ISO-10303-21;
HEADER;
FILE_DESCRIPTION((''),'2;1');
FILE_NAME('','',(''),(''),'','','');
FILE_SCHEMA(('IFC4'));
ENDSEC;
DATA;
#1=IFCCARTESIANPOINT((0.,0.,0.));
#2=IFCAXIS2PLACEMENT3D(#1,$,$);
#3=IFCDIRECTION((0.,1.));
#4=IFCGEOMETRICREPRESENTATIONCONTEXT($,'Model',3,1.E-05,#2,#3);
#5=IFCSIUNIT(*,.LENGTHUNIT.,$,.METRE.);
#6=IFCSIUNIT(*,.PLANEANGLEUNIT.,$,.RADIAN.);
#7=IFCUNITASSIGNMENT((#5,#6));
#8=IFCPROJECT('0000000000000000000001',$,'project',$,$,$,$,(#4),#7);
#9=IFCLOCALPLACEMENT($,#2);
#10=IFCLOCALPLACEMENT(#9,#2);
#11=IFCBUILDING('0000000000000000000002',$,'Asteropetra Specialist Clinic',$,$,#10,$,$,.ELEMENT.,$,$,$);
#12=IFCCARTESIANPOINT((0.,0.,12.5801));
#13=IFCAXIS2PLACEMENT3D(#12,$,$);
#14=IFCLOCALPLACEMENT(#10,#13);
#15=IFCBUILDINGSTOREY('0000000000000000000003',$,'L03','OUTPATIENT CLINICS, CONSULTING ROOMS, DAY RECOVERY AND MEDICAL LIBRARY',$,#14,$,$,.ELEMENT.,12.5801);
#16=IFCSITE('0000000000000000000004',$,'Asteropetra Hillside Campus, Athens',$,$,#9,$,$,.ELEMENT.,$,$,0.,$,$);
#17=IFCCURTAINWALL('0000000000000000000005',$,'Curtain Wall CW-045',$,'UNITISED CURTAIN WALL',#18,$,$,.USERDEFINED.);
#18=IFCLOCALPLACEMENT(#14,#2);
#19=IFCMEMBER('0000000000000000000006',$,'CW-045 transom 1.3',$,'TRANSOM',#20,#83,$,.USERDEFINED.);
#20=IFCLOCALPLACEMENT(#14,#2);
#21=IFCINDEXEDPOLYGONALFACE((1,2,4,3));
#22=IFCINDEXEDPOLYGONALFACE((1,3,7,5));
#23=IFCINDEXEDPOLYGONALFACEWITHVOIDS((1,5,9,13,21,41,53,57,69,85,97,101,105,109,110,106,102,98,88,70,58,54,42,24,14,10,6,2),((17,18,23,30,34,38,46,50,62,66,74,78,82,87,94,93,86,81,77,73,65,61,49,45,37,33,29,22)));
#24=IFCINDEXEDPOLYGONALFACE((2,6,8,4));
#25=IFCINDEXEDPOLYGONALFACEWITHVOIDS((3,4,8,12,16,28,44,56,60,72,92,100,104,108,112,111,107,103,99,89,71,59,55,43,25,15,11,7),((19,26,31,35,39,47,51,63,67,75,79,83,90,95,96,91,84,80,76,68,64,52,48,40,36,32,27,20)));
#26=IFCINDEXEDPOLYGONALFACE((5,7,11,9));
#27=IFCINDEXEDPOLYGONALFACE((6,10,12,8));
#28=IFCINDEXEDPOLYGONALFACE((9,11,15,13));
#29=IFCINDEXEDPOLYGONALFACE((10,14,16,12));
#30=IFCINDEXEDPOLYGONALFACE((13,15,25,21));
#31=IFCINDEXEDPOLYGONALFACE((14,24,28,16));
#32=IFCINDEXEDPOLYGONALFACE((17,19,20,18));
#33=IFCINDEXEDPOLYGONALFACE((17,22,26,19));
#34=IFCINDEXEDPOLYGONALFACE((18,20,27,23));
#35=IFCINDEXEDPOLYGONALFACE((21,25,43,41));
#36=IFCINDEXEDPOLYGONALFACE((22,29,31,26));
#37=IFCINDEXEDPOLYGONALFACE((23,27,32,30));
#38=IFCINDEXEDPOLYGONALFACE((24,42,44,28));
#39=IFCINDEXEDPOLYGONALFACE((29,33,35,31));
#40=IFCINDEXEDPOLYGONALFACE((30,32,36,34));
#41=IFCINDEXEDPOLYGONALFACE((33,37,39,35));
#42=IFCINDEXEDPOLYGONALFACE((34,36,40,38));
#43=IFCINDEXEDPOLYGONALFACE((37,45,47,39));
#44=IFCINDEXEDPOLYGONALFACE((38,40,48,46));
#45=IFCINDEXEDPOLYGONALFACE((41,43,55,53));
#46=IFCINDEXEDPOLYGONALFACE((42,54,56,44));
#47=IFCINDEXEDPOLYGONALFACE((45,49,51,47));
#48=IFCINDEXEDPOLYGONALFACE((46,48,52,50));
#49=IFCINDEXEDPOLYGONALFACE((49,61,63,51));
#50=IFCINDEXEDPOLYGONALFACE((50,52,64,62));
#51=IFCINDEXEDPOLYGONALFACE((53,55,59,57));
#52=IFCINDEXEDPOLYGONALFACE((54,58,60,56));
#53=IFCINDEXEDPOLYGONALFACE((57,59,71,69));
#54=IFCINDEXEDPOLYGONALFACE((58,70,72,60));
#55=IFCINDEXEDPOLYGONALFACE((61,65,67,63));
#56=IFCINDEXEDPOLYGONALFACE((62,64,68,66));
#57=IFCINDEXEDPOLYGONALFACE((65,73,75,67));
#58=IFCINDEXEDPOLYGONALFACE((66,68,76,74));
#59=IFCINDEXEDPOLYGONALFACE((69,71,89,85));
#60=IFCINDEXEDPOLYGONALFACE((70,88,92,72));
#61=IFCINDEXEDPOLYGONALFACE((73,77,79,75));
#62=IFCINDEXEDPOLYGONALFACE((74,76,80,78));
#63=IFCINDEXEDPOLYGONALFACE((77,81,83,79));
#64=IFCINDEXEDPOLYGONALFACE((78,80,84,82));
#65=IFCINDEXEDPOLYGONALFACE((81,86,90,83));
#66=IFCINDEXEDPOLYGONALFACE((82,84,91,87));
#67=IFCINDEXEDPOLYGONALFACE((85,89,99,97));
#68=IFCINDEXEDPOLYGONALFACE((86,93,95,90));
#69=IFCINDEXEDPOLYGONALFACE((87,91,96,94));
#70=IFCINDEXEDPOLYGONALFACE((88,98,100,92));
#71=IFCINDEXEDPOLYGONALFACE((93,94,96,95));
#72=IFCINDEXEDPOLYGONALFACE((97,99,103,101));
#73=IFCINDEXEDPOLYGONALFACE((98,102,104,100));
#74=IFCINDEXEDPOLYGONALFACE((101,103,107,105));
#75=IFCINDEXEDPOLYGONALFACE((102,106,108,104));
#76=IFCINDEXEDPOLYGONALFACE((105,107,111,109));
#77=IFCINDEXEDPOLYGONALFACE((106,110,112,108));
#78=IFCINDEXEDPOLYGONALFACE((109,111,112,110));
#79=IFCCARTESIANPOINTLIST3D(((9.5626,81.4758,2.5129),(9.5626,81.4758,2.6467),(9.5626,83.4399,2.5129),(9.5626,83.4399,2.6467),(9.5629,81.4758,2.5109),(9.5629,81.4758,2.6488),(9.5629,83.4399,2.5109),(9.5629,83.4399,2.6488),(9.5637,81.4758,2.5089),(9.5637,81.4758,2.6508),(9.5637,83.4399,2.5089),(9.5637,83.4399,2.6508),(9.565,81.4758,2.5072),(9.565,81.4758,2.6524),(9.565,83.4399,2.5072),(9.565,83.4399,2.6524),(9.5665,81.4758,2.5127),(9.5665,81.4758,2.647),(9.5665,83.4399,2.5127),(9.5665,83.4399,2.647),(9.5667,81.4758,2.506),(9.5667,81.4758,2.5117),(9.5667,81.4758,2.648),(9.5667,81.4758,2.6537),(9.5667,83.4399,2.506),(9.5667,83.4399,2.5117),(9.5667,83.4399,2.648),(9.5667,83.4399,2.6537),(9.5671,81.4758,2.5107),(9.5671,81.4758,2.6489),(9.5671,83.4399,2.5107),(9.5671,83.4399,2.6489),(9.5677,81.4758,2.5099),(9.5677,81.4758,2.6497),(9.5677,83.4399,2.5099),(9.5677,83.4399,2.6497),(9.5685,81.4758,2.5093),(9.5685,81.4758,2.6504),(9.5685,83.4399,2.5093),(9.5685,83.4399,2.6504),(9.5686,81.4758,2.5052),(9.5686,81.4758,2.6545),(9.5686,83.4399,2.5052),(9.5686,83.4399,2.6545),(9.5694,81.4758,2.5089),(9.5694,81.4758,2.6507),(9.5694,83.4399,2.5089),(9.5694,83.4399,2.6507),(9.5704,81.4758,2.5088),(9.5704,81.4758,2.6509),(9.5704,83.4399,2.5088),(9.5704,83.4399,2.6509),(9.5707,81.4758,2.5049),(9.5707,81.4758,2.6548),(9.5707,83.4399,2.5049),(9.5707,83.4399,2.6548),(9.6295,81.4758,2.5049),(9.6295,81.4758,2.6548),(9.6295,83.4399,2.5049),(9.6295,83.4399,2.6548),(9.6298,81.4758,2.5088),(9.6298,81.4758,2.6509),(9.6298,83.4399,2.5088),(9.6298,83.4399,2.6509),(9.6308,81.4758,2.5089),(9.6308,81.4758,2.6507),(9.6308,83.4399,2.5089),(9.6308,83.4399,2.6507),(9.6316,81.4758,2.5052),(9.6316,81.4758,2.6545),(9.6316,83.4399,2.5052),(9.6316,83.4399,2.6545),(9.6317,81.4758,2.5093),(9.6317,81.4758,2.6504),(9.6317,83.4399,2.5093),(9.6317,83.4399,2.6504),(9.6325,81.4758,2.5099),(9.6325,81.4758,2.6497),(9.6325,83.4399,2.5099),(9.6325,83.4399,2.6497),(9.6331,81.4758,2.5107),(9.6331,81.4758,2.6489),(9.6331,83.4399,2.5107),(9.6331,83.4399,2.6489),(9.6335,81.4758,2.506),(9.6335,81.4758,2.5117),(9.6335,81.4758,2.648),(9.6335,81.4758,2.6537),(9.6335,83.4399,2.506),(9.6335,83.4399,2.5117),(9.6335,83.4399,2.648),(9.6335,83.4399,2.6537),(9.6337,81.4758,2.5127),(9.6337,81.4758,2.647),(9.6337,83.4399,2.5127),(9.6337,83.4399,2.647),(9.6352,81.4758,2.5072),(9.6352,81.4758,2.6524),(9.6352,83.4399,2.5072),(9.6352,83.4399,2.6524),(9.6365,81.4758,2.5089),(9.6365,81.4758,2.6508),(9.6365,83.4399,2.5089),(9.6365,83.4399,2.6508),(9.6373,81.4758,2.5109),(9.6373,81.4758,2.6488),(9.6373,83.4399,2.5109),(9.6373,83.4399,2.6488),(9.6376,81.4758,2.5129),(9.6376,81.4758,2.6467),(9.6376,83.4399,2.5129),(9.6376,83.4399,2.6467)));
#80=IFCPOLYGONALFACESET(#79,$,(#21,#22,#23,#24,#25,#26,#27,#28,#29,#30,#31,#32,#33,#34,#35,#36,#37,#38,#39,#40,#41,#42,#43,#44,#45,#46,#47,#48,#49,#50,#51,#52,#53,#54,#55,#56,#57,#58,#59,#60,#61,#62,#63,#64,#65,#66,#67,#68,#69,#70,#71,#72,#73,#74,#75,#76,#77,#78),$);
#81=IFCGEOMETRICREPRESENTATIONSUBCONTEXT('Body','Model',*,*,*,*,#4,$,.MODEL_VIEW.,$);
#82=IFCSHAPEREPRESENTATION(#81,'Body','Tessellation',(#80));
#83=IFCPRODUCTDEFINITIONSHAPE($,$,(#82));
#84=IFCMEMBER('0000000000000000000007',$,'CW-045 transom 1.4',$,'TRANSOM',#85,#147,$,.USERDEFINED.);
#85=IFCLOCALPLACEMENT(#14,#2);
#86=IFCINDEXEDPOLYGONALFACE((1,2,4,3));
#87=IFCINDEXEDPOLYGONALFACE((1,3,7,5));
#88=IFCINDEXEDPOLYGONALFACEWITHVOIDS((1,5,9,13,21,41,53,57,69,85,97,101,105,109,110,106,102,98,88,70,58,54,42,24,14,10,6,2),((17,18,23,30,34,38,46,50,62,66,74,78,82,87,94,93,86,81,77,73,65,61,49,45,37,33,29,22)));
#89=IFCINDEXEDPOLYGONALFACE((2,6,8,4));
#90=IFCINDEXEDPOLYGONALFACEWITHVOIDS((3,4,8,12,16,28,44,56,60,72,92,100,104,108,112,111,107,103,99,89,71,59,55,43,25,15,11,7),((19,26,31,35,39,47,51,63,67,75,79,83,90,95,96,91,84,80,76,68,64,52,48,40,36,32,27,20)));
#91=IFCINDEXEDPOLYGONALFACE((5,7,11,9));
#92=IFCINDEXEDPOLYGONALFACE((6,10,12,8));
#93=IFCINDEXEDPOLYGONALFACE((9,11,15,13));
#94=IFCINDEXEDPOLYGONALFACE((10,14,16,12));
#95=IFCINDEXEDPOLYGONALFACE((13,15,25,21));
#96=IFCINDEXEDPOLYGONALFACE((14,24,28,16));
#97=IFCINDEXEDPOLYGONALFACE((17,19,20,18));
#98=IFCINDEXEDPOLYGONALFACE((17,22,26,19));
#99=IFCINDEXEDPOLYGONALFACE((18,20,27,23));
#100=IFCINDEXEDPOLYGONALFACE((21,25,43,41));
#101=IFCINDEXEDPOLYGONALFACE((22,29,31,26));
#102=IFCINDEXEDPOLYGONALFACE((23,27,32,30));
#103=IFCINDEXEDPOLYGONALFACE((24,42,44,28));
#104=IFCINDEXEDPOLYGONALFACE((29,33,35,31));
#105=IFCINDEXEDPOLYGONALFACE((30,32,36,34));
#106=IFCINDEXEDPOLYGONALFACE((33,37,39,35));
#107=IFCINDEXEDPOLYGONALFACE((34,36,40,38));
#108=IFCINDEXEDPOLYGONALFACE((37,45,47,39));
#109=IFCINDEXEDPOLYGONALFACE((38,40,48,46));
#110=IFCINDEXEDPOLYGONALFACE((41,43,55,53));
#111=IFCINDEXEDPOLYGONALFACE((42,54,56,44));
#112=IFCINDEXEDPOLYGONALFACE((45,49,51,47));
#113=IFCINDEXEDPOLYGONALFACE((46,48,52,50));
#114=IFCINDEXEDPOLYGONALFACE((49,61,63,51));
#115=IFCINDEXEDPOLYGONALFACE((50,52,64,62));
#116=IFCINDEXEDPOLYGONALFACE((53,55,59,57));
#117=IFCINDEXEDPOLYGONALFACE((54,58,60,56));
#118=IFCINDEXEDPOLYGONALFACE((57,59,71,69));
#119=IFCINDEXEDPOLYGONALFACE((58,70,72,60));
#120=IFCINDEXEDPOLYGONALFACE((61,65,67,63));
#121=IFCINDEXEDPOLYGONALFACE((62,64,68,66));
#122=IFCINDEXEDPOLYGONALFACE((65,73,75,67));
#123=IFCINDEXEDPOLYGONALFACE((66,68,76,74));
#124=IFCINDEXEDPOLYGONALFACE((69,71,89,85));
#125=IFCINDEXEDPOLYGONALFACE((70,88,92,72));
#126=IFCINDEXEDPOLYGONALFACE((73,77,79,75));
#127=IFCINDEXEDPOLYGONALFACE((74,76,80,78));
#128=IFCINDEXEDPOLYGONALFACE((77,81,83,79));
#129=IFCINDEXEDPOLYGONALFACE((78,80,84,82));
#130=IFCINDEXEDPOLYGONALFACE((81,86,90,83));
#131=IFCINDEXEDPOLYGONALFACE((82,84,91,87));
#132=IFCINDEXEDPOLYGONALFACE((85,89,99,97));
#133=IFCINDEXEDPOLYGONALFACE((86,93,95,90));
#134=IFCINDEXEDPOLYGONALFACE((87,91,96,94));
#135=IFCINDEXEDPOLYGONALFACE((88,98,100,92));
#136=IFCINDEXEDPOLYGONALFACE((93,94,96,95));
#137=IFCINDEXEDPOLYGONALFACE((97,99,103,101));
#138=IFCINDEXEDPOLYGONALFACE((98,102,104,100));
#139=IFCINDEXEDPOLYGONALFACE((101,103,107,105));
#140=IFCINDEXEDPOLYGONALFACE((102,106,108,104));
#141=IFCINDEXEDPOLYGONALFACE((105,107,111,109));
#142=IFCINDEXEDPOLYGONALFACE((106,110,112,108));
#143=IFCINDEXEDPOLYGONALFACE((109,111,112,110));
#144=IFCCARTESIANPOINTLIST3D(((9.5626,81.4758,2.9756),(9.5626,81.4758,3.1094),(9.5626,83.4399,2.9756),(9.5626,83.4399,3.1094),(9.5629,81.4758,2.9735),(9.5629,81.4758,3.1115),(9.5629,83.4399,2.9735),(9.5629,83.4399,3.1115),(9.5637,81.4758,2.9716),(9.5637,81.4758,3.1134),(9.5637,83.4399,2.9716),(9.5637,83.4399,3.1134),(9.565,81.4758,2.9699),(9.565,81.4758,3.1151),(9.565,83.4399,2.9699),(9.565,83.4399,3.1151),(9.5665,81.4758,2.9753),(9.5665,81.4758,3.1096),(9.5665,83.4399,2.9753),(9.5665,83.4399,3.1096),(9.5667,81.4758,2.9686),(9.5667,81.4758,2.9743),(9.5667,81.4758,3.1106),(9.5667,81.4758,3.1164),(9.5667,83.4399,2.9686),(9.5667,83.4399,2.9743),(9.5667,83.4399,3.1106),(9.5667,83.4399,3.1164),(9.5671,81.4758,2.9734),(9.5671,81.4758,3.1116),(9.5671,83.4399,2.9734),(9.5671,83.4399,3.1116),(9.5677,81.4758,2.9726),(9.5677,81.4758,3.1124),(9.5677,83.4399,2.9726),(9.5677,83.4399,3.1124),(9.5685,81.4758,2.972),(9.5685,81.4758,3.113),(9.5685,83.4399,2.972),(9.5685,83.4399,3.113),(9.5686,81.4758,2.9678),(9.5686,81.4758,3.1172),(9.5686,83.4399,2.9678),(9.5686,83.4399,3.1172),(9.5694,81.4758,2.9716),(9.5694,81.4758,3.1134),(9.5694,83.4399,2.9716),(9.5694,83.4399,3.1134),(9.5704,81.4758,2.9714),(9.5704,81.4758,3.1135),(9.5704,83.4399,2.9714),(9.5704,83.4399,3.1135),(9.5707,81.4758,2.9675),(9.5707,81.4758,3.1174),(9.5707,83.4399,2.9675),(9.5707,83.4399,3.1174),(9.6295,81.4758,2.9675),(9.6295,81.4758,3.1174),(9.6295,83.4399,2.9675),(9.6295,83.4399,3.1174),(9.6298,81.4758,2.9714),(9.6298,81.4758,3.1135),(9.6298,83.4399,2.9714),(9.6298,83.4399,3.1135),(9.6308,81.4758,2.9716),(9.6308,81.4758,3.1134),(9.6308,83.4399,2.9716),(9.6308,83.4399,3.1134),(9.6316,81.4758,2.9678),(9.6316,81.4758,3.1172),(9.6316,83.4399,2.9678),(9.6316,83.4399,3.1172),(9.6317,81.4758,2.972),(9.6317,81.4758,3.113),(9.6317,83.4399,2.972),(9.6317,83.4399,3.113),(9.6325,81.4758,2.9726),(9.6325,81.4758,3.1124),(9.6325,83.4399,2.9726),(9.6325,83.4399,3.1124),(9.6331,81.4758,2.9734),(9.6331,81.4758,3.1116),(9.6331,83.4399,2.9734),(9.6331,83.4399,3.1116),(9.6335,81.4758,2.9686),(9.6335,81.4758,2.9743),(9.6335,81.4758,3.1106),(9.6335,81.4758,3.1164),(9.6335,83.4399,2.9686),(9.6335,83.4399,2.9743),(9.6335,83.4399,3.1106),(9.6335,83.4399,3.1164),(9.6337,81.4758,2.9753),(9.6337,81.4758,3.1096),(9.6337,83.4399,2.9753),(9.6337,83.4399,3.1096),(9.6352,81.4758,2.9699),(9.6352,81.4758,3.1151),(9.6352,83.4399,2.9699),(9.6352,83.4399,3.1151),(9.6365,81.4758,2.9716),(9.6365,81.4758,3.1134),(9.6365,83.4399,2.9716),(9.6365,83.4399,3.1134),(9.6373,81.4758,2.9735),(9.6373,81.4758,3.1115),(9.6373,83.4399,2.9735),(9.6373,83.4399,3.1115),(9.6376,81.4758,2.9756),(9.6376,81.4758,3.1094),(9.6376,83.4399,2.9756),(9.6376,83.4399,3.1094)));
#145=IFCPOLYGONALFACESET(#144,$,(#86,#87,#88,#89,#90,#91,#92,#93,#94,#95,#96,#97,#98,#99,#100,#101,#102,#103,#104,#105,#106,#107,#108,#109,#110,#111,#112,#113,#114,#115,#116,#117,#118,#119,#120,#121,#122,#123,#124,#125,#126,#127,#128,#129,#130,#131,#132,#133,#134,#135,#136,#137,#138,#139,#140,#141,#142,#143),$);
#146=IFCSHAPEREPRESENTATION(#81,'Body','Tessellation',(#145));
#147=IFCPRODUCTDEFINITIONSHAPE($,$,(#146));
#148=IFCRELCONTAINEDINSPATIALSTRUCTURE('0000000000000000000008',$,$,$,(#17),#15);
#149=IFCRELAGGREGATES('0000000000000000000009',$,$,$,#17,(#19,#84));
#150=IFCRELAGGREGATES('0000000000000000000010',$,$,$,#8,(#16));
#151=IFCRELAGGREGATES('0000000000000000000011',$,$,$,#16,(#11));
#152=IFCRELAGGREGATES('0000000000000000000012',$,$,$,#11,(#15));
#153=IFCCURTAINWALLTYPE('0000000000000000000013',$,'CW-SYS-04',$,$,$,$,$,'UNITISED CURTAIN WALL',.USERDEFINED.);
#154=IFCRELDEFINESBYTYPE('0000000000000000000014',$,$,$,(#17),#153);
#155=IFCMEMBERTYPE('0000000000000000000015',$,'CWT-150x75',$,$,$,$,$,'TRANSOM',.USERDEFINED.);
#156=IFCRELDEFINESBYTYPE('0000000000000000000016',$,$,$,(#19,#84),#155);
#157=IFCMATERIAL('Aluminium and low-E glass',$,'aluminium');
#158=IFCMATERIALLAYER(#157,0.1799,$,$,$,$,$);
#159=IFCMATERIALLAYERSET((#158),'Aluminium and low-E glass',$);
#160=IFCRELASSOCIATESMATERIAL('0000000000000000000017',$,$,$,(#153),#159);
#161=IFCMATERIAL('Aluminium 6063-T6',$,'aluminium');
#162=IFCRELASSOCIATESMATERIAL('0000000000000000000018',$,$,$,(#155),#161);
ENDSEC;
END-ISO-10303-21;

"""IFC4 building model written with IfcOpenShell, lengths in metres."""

from ifc_helpers import new_model, si_unit, direction, frame, origin, origin_2d, place, context, subcontext, project, spatial, hollow_rectangle, extrude, material, layer, layer_set, material_profile, profile_set, type_object, element, aggregate, save


model = new_model("IFC4")

# Units and contexts
model_context = context("Model", 3, precision=1e-05, world=origin(), true_north=direction((0.0, 1.0)))
body_context = subcontext(model_context, "Body", "Model", "MODEL_VIEW")
ifc_project = project(units=[si_unit("LENGTHUNIT", "METRE"), si_unit("PLANEANGLEUNIT", "RADIAN")], contexts=[model_context])

# Site, building, storey
site_placement = place(None, origin())
site = spatial("IfcSite", under=ifc_project, at=site_placement, Name="Asteropetra Hillside Campus, Athens", CompositionType="ELEMENT", RefElevation=0.0)
building_placement = place(site_placement, origin())
building = spatial("IfcBuilding", under=site, at=building_placement, Name="Asteropetra Specialist Clinic", CompositionType="ELEMENT")
storey_placement = place(building_placement, frame((0.0, 0.0, 12.5801)))
storey = spatial("IfcBuildingStorey", under=building, at=storey_placement, Name="L03", Description="OUTPATIENT CLINICS, CONSULTING ROOMS, DAY RECOVERY AND MEDICAL LIBRARY", CompositionType="ELEMENT", Elevation=12.5801)

# Curtain wall, members
ifc_material_1 = material(Name="Aluminium and low-E glass", Category="aluminium")
ifc_layer_1 = layer(ifc_material_1, 0.1799)
ifc_layer_set_1 = layer_set([ifc_layer_1], Name="Aluminium and low-E glass")
curtain_wall_type = type_object("IfcCurtainWallType", Name="CW-SYS-04", ElementType="UNITISED CURTAIN WALL", PredefinedType="USERDEFINED", material=ifc_layer_set_1)
curtain_wall_placement = place(storey_placement, origin())
curtain_wall = element("IfcCurtainWall", 1, at=curtain_wall_placement, inside=storey, type_object=curtain_wall_type, Name="Curtain Wall CW-045", ObjectType="UNITISED CURTAIN WALL", PredefinedType="USERDEFINED")
ifc_material_2 = material(Name="Aluminium 6063-T6", Category="aluminium")
ifc_material_profile_1 = material_profile(ifc_material_2, hollow_rectangle(XDim=0.075, YDim=0.1499, WallThickness=0.0039, InnerFilletRadius=0.0039, OuterFilletRadius=0.0081, at=origin_2d()), Name="TRN 150x75x4.0")
ifc_profile_set_1 = profile_set([ifc_material_profile_1], Name="Aluminium 6063-T6")
member_type_1 = type_object("IfcMemberType", Name="CWT-150x75", ElementType="TRANSOM", PredefinedType="USERDEFINED", material=ifc_profile_set_1)
member_1_placement = place(storey_placement, frame((9.6001, 83.4399, 2.5798), z_axis=(0.0, -1.0, 0.0), x_axis=(1.0, 0.0, 0.0)))
member_1 = element("IfcMember", 2, at=member_1_placement, type_object=member_type_1, Name="CW-045 transom 1.3", ObjectType="TRANSOM", PredefinedType="USERDEFINED", context=body_context, shape_type="SweptSolid", body=[
    extrude(hollow_rectangle(XDim=0.075, YDim=0.1499, WallThickness=0.0039, InnerFilletRadius=0.0039, OuterFilletRadius=0.0081, at=origin_2d()), origin(), (0.0, 0.0, 1.0), 1.9641),
])
member_2_placement = place(storey_placement, frame((9.6001, 83.4399, 3.0425), z_axis=(0.0, -1.0, 0.0), x_axis=(1.0, 0.0, 0.0)))
member_2 = element("IfcMember", 3, at=member_2_placement, type_object=member_type_1, Name="CW-045 transom 1.4", ObjectType="TRANSOM", PredefinedType="USERDEFINED", context=body_context, shape_type="SweptSolid", body=[
    extrude(hollow_rectangle(XDim=0.075, YDim=0.1499, WallThickness=0.0039, InnerFilletRadius=0.0039, OuterFilletRadius=0.0081, at=origin_2d()), origin(), (0.0, 0.0, 1.0), 1.9641),
])
aggregate(curtain_wall, [member_1, member_2])

save(model, "model.ifc")
